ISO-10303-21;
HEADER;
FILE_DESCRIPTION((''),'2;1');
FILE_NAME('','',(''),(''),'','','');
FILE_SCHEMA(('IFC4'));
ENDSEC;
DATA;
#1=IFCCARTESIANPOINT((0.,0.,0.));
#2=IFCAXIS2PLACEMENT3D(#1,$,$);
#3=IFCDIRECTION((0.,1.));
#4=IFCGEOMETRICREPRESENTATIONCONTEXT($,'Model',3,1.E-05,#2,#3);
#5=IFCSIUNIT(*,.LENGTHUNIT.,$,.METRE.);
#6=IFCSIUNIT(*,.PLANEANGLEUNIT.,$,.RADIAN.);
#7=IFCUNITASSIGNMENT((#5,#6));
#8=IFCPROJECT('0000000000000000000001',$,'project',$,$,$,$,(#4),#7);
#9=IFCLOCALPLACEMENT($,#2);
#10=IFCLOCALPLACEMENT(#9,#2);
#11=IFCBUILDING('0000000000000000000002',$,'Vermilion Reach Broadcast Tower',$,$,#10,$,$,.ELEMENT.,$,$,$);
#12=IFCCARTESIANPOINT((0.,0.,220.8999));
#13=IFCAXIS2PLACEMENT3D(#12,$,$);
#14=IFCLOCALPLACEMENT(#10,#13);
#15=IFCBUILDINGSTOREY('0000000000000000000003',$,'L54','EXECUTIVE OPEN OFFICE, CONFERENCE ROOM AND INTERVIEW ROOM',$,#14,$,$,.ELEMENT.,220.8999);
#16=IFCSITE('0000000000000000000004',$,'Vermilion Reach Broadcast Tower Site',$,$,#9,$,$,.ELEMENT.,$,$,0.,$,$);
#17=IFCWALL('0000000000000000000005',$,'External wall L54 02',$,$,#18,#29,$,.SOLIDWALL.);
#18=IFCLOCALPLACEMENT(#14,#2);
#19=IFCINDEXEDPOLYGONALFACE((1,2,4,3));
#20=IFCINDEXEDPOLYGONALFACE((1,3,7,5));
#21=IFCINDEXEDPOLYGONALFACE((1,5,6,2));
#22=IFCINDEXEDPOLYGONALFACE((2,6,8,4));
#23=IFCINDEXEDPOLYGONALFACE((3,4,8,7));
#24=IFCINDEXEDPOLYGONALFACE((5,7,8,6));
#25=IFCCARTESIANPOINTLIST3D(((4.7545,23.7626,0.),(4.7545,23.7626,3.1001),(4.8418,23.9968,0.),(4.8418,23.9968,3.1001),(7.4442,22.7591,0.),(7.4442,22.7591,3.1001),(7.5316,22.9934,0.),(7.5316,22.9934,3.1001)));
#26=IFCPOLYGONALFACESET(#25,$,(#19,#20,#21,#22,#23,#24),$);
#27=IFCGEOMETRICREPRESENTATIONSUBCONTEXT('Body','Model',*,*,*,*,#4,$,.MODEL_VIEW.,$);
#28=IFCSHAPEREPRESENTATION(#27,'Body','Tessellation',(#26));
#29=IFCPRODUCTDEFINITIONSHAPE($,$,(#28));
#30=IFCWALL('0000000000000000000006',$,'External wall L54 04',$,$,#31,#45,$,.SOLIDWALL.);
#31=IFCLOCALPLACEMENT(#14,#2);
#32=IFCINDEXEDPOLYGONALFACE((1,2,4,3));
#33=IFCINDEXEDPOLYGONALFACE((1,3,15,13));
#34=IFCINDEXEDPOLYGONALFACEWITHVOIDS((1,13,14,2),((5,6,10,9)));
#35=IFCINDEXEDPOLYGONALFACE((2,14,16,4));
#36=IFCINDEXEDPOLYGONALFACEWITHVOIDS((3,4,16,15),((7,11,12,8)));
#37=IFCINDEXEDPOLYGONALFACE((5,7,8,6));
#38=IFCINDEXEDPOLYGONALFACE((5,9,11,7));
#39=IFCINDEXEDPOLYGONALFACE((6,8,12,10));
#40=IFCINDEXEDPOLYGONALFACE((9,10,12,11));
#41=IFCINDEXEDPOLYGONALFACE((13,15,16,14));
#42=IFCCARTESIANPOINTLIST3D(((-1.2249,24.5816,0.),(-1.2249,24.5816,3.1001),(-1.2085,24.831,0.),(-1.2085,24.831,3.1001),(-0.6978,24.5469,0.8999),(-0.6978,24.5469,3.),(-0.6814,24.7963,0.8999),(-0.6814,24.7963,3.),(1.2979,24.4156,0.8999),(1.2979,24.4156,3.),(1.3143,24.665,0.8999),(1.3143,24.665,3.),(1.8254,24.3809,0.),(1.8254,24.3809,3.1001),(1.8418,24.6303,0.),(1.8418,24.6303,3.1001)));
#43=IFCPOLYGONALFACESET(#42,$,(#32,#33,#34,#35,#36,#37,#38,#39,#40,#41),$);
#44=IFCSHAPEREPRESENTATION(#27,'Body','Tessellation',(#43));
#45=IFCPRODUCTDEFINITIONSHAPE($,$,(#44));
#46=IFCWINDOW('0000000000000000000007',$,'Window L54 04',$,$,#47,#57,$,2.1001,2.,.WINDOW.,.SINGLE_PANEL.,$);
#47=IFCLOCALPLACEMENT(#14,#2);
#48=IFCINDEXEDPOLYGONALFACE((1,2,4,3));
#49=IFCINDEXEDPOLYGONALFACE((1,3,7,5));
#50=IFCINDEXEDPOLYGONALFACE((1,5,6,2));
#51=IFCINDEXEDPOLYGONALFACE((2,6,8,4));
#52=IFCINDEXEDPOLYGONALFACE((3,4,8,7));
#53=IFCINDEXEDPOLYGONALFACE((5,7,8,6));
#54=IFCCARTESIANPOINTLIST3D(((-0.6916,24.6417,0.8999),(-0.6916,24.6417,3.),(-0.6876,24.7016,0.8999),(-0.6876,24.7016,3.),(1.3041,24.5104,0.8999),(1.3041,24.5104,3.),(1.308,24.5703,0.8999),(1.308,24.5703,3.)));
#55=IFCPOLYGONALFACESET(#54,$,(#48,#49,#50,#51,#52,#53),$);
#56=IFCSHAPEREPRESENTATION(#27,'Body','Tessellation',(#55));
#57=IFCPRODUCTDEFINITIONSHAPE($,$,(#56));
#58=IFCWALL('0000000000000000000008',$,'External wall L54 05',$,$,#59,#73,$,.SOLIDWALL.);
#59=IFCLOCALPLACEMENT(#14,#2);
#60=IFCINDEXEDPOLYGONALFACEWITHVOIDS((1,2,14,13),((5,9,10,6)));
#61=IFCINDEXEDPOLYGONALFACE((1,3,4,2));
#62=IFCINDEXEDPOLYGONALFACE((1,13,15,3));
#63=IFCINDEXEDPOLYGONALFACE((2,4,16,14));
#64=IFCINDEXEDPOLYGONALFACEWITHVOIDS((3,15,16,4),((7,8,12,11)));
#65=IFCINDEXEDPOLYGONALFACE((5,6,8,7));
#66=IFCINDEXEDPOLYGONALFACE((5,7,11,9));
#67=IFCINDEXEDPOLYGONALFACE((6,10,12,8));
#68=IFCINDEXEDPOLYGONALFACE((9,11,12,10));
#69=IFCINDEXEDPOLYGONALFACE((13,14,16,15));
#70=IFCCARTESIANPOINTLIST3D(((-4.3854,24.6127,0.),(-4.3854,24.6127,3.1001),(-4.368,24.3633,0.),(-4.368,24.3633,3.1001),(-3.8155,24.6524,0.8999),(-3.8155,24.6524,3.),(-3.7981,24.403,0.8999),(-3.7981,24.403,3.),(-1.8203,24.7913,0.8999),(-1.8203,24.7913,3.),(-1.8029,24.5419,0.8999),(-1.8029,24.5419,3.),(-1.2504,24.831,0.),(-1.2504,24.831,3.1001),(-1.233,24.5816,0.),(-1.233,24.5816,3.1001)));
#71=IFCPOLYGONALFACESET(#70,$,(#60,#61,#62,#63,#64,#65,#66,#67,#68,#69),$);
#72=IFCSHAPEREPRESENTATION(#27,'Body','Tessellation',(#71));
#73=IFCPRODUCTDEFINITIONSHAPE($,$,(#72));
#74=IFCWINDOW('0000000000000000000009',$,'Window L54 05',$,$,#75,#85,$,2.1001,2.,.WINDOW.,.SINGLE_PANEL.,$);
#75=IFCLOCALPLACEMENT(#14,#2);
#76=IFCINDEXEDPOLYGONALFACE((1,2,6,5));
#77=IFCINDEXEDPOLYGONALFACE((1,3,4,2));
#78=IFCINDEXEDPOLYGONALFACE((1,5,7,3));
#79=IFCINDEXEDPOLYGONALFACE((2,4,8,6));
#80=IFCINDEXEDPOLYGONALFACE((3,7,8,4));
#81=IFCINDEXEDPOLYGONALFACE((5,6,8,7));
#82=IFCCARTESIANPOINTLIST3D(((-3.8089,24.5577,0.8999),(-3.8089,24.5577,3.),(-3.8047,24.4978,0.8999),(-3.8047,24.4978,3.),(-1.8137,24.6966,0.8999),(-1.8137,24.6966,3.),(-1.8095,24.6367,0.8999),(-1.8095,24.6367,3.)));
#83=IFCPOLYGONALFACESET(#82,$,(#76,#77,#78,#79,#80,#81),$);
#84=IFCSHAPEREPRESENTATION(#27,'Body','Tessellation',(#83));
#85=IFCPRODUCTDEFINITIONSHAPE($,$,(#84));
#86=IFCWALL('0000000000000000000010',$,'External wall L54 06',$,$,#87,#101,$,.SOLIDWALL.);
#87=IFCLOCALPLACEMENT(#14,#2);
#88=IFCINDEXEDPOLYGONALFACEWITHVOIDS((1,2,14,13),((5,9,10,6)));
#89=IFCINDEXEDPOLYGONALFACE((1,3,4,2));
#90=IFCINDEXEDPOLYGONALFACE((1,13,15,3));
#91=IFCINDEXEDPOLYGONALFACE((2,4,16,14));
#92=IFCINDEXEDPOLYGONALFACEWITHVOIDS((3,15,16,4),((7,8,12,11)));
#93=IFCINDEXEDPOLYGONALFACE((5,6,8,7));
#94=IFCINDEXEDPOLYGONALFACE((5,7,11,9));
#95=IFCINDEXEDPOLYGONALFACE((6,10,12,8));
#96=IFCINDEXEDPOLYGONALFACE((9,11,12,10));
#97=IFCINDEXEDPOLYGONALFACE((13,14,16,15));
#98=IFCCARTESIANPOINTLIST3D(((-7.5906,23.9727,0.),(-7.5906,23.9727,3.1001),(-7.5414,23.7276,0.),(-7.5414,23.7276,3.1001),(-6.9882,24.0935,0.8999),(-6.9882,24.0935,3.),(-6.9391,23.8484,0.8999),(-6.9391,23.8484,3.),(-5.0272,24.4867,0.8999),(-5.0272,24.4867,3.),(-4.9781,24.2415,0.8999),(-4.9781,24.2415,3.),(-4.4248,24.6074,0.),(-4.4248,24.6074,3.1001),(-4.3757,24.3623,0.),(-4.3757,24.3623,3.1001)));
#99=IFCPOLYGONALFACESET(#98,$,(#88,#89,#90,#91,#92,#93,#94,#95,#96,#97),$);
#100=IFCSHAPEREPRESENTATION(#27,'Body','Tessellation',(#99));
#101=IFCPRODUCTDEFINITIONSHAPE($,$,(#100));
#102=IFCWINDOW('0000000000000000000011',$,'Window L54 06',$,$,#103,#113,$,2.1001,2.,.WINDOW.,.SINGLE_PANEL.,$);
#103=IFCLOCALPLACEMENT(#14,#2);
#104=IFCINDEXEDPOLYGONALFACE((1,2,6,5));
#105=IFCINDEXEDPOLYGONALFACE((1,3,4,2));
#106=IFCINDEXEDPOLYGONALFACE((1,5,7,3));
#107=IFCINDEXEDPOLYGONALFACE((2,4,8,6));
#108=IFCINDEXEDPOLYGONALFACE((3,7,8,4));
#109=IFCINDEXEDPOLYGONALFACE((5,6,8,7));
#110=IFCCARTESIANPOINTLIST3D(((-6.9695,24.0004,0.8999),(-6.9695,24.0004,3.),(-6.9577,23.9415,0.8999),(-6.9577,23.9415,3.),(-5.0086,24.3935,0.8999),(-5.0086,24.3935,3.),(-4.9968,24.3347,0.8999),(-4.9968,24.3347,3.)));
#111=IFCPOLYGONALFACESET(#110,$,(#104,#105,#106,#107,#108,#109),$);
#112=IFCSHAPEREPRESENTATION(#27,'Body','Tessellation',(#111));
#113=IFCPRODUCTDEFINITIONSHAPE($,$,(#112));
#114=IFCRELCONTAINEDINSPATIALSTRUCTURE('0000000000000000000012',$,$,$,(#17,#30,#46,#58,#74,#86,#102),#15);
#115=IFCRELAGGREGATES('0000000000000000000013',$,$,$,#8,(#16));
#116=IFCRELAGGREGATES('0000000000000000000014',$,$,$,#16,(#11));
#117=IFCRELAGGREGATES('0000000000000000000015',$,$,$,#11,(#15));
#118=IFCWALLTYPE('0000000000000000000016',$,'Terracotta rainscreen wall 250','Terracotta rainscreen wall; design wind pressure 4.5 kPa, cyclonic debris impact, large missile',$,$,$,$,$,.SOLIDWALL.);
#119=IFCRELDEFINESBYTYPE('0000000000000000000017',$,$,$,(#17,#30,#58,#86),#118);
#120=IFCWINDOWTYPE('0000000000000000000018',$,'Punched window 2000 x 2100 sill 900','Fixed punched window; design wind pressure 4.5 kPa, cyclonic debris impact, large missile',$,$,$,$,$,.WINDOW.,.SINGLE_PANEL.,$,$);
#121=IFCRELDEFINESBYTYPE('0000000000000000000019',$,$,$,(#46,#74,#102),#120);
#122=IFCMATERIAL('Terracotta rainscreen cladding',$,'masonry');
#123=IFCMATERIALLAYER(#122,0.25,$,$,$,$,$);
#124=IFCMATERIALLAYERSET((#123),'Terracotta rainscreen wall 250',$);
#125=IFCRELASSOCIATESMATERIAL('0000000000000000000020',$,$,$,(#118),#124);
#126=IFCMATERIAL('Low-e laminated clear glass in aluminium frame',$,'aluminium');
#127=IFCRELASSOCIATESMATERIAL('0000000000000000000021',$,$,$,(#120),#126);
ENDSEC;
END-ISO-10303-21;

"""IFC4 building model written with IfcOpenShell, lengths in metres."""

from ifc_helpers import new_model, si_unit, direction, frame, frame_2d, origin, place, context, subcontext, project, spatial, rectangle, extrude, material, layer, layer_set, type_object, element, fill, save


model = new_model("IFC4")

# Units and contexts
model_context = context("Model", 3, precision=1e-05, world=origin(), true_north=direction((0.0, 1.0)))
body_context = subcontext(model_context, "Body", "Model", "MODEL_VIEW")
ifc_project = project(units=[si_unit("LENGTHUNIT", "METRE"), si_unit("PLANEANGLEUNIT", "RADIAN")], contexts=[model_context])

# Site, building, storey
site_placement = place(None, origin())
site = spatial("IfcSite", under=ifc_project, at=site_placement, Name="Vermilion Reach Broadcast Tower Site", CompositionType="ELEMENT", RefElevation=0.0)
building_placement = place(site_placement, origin())
building = spatial("IfcBuilding", under=site, at=building_placement, Name="Vermilion Reach Broadcast Tower", CompositionType="ELEMENT")
storey_placement = place(building_placement, frame((0.0, 0.0, 220.8999)))
storey = spatial("IfcBuildingStorey", under=building, at=storey_placement, Name="L54", Description="EXECUTIVE OPEN OFFICE, CONFERENCE ROOM AND INTERVIEW ROOM", CompositionType="ELEMENT", Elevation=220.8999)

# Wall
ifc_material_1 = material(Name="Terracotta rainscreen cladding", Category="masonry")
ifc_layer_1 = layer(ifc_material_1, 0.25)
ifc_layer_set_1 = layer_set([ifc_layer_1], Name="Terracotta rainscreen wall 250")
wall_type_1 = type_object("IfcWallType", Name="Terracotta rainscreen wall 250", Description="Terracotta rainscreen wall; design wind pressure 4.5 kPa, cyclonic debris impact, large missile", PredefinedType="SOLIDWALL", material=ifc_layer_set_1)
wall_1_placement = place(storey_placement, frame((7.488, 22.8762, 0.0), z_axis=(0.0, 0.0, 1.0), x_axis=(-0.936925, 0.349529, 0.0)))
element("IfcWall", 1, at=wall_1_placement, inside=storey, type_object=wall_type_1, Name="External wall L54 02", PredefinedType="SOLIDWALL", context=body_context, shape_type="SweptSolid", body=[
    extrude(rectangle(XDim=2.8708, YDim=0.25, at=frame_2d((1.4355, 0.0))), origin(), (0.0, 0.0, 1.0), 3.1001),
])

# Walls, openings, windows
wall_2_placement = place(storey_placement, frame((1.8335, 24.5056, 0.0), z_axis=(0.0, 0.0, 1.0), x_axis=(-0.997843, 0.06565, 0.0)))
wall_2 = element("IfcWall", 2, at=wall_2_placement, inside=storey, type_object=wall_type_1, Name="External wall L54 04", PredefinedType="SOLIDWALL", context=body_context, shape_type="SweptSolid", body=[
    extrude(rectangle(XDim=3.0569, YDim=0.25, at=frame_2d((1.5283, 0.0))), origin(), (0.0, 0.0, 1.0), 3.1001),
])
opening_1_placement = place(wall_2_placement, frame((0.5286, 0.0, 0.8999)))
opening_1 = element("IfcOpeningElement", 3, at=opening_1_placement, cuts=wall_2, PredefinedType="OPENING", context=body_context, shape_type="SweptSolid", body=[
    extrude(rectangle(XDim=2.0, YDim=2.1001, at=frame_2d((1.0, 1.05))), frame((0.0, 0.135, 0.0), z_axis=(0.0, -1.0, 0.0), x_axis=(1.0, 0.0, 0.0)), (0.0, 0.0, 1.0), 0.27),
])
ifc_material_2 = material(Name="Low-e laminated clear glass in aluminium frame", Category="aluminium")
window_type = type_object("IfcWindowType", Name="Punched window 2000 x 2100 sill 900", Description="Fixed punched window; design wind pressure 4.5 kPa, cyclonic debris impact, large missile", PartitioningType="SINGLE_PANEL", PredefinedType="WINDOW", material=ifc_material_2)
window_1_placement = place(opening_1_placement, origin())
window_1 = element("IfcWindow", 4, at=window_1_placement, inside=storey, type_object=window_type, Name="Window L54 04", OverallHeight=2.1001, OverallWidth=2.0, PartitioningType="SINGLE_PANEL", PredefinedType="WINDOW", context=body_context, shape_type="SweptSolid", body=[
    extrude(rectangle(XDim=2.0, YDim=2.1001, at=frame_2d((1.0, 1.05))), frame((0.0, 0.03, 0.0), z_axis=(0.0, -1.0, 0.0), x_axis=(1.0, 0.0, 0.0)), (0.0, 0.0, 1.0), 0.0601),
])
fill(opening_1, window_1)
wall_3_placement = place(storey_placement, frame((-1.2417, 24.7063, 0.0), z_axis=(0.0, 0.0, 1.0), x_axis=(-0.997585, -0.069453, 0.0)))
wall_3 = element("IfcWall", 5, at=wall_3_placement, inside=storey, type_object=wall_type_1, Name="External wall L54 05", PredefinedType="SOLIDWALL", context=body_context, shape_type="SweptSolid", body=[
    extrude(rectangle(XDim=3.1426, YDim=0.25, at=frame_2d((1.5713, 0.0))), origin(), (0.0, 0.0, 1.0), 3.1001),
])
opening_2_placement = place(wall_3_placement, frame((0.5713, 0.0, 0.8999)))
opening_2 = element("IfcOpeningElement", 6, at=opening_2_placement, cuts=wall_3, PredefinedType="OPENING", context=body_context, shape_type="SweptSolid", body=[
    extrude(rectangle(XDim=2.0, YDim=2.1001, at=frame_2d((1.0, 1.05))), frame((0.0, 0.135, 0.0), z_axis=(0.0, -1.0, 0.0), x_axis=(1.0, 0.0, 0.0)), (0.0, 0.0, 1.0), 0.27),
])
window_2_placement = place(opening_2_placement, origin())
window_2 = element("IfcWindow", 7, at=window_2_placement, inside=storey, type_object=window_type, Name="Window L54 05", OverallHeight=2.1001, OverallWidth=2.0, PartitioningType="SINGLE_PANEL", PredefinedType="WINDOW", context=body_context, shape_type="SweptSolid", body=[
    extrude(rectangle(XDim=2.0, YDim=2.1001, at=frame_2d((1.0, 1.05))), frame((0.0, 0.03, 0.0), z_axis=(0.0, -1.0, 0.0), x_axis=(1.0, 0.0, 0.0)), (0.0, 0.0, 1.0), 0.0601),
])
fill(opening_2, window_2)
wall_4_placement = place(storey_placement, frame((-4.4004, 24.4849, 0.0), z_axis=(0.0, 0.0, 1.0), x_axis=(-0.980485, -0.196596, 0.0)))
wall_4 = element("IfcWall", 8, at=wall_4_placement, inside=storey, type_object=wall_type_1, Name="External wall L54 06", PredefinedType="SOLIDWALL", context=body_context, shape_type="SweptSolid", body=[
    extrude(rectangle(XDim=3.2288, YDim=0.25, at=frame_2d((1.6143, 0.0))), origin(), (0.0, 0.0, 1.0), 3.1001),
])
opening_3_placement = place(wall_4_placement, frame((0.6143, 0.0, 0.8999)))
opening_3 = element("IfcOpeningElement", 9, at=opening_3_placement, cuts=wall_4, PredefinedType="OPENING", context=body_context, shape_type="SweptSolid", body=[
    extrude(rectangle(XDim=2.0, YDim=2.1001, at=frame_2d((1.0, 1.05))), frame((0.0, 0.135, 0.0), z_axis=(0.0, -1.0, 0.0), x_axis=(1.0, 0.0, 0.0)), (0.0, 0.0, 1.0), 0.27),
])
window_3_placement = place(opening_3_placement, origin())
window_3 = element("IfcWindow", 10, at=window_3_placement, inside=storey, type_object=window_type, Name="Window L54 06", OverallHeight=2.1001, OverallWidth=2.0, PartitioningType="SINGLE_PANEL", PredefinedType="WINDOW", context=body_context, shape_type="SweptSolid", body=[
    extrude(rectangle(XDim=2.0, YDim=2.1001, at=frame_2d((1.0, 1.05))), frame((0.0, 0.03, 0.0), z_axis=(0.0, -1.0, 0.0), x_axis=(1.0, 0.0, 0.0)), (0.0, 0.0, 1.0), 0.0601),
])
fill(opening_3, window_3)

save(model, "model.ifc")
